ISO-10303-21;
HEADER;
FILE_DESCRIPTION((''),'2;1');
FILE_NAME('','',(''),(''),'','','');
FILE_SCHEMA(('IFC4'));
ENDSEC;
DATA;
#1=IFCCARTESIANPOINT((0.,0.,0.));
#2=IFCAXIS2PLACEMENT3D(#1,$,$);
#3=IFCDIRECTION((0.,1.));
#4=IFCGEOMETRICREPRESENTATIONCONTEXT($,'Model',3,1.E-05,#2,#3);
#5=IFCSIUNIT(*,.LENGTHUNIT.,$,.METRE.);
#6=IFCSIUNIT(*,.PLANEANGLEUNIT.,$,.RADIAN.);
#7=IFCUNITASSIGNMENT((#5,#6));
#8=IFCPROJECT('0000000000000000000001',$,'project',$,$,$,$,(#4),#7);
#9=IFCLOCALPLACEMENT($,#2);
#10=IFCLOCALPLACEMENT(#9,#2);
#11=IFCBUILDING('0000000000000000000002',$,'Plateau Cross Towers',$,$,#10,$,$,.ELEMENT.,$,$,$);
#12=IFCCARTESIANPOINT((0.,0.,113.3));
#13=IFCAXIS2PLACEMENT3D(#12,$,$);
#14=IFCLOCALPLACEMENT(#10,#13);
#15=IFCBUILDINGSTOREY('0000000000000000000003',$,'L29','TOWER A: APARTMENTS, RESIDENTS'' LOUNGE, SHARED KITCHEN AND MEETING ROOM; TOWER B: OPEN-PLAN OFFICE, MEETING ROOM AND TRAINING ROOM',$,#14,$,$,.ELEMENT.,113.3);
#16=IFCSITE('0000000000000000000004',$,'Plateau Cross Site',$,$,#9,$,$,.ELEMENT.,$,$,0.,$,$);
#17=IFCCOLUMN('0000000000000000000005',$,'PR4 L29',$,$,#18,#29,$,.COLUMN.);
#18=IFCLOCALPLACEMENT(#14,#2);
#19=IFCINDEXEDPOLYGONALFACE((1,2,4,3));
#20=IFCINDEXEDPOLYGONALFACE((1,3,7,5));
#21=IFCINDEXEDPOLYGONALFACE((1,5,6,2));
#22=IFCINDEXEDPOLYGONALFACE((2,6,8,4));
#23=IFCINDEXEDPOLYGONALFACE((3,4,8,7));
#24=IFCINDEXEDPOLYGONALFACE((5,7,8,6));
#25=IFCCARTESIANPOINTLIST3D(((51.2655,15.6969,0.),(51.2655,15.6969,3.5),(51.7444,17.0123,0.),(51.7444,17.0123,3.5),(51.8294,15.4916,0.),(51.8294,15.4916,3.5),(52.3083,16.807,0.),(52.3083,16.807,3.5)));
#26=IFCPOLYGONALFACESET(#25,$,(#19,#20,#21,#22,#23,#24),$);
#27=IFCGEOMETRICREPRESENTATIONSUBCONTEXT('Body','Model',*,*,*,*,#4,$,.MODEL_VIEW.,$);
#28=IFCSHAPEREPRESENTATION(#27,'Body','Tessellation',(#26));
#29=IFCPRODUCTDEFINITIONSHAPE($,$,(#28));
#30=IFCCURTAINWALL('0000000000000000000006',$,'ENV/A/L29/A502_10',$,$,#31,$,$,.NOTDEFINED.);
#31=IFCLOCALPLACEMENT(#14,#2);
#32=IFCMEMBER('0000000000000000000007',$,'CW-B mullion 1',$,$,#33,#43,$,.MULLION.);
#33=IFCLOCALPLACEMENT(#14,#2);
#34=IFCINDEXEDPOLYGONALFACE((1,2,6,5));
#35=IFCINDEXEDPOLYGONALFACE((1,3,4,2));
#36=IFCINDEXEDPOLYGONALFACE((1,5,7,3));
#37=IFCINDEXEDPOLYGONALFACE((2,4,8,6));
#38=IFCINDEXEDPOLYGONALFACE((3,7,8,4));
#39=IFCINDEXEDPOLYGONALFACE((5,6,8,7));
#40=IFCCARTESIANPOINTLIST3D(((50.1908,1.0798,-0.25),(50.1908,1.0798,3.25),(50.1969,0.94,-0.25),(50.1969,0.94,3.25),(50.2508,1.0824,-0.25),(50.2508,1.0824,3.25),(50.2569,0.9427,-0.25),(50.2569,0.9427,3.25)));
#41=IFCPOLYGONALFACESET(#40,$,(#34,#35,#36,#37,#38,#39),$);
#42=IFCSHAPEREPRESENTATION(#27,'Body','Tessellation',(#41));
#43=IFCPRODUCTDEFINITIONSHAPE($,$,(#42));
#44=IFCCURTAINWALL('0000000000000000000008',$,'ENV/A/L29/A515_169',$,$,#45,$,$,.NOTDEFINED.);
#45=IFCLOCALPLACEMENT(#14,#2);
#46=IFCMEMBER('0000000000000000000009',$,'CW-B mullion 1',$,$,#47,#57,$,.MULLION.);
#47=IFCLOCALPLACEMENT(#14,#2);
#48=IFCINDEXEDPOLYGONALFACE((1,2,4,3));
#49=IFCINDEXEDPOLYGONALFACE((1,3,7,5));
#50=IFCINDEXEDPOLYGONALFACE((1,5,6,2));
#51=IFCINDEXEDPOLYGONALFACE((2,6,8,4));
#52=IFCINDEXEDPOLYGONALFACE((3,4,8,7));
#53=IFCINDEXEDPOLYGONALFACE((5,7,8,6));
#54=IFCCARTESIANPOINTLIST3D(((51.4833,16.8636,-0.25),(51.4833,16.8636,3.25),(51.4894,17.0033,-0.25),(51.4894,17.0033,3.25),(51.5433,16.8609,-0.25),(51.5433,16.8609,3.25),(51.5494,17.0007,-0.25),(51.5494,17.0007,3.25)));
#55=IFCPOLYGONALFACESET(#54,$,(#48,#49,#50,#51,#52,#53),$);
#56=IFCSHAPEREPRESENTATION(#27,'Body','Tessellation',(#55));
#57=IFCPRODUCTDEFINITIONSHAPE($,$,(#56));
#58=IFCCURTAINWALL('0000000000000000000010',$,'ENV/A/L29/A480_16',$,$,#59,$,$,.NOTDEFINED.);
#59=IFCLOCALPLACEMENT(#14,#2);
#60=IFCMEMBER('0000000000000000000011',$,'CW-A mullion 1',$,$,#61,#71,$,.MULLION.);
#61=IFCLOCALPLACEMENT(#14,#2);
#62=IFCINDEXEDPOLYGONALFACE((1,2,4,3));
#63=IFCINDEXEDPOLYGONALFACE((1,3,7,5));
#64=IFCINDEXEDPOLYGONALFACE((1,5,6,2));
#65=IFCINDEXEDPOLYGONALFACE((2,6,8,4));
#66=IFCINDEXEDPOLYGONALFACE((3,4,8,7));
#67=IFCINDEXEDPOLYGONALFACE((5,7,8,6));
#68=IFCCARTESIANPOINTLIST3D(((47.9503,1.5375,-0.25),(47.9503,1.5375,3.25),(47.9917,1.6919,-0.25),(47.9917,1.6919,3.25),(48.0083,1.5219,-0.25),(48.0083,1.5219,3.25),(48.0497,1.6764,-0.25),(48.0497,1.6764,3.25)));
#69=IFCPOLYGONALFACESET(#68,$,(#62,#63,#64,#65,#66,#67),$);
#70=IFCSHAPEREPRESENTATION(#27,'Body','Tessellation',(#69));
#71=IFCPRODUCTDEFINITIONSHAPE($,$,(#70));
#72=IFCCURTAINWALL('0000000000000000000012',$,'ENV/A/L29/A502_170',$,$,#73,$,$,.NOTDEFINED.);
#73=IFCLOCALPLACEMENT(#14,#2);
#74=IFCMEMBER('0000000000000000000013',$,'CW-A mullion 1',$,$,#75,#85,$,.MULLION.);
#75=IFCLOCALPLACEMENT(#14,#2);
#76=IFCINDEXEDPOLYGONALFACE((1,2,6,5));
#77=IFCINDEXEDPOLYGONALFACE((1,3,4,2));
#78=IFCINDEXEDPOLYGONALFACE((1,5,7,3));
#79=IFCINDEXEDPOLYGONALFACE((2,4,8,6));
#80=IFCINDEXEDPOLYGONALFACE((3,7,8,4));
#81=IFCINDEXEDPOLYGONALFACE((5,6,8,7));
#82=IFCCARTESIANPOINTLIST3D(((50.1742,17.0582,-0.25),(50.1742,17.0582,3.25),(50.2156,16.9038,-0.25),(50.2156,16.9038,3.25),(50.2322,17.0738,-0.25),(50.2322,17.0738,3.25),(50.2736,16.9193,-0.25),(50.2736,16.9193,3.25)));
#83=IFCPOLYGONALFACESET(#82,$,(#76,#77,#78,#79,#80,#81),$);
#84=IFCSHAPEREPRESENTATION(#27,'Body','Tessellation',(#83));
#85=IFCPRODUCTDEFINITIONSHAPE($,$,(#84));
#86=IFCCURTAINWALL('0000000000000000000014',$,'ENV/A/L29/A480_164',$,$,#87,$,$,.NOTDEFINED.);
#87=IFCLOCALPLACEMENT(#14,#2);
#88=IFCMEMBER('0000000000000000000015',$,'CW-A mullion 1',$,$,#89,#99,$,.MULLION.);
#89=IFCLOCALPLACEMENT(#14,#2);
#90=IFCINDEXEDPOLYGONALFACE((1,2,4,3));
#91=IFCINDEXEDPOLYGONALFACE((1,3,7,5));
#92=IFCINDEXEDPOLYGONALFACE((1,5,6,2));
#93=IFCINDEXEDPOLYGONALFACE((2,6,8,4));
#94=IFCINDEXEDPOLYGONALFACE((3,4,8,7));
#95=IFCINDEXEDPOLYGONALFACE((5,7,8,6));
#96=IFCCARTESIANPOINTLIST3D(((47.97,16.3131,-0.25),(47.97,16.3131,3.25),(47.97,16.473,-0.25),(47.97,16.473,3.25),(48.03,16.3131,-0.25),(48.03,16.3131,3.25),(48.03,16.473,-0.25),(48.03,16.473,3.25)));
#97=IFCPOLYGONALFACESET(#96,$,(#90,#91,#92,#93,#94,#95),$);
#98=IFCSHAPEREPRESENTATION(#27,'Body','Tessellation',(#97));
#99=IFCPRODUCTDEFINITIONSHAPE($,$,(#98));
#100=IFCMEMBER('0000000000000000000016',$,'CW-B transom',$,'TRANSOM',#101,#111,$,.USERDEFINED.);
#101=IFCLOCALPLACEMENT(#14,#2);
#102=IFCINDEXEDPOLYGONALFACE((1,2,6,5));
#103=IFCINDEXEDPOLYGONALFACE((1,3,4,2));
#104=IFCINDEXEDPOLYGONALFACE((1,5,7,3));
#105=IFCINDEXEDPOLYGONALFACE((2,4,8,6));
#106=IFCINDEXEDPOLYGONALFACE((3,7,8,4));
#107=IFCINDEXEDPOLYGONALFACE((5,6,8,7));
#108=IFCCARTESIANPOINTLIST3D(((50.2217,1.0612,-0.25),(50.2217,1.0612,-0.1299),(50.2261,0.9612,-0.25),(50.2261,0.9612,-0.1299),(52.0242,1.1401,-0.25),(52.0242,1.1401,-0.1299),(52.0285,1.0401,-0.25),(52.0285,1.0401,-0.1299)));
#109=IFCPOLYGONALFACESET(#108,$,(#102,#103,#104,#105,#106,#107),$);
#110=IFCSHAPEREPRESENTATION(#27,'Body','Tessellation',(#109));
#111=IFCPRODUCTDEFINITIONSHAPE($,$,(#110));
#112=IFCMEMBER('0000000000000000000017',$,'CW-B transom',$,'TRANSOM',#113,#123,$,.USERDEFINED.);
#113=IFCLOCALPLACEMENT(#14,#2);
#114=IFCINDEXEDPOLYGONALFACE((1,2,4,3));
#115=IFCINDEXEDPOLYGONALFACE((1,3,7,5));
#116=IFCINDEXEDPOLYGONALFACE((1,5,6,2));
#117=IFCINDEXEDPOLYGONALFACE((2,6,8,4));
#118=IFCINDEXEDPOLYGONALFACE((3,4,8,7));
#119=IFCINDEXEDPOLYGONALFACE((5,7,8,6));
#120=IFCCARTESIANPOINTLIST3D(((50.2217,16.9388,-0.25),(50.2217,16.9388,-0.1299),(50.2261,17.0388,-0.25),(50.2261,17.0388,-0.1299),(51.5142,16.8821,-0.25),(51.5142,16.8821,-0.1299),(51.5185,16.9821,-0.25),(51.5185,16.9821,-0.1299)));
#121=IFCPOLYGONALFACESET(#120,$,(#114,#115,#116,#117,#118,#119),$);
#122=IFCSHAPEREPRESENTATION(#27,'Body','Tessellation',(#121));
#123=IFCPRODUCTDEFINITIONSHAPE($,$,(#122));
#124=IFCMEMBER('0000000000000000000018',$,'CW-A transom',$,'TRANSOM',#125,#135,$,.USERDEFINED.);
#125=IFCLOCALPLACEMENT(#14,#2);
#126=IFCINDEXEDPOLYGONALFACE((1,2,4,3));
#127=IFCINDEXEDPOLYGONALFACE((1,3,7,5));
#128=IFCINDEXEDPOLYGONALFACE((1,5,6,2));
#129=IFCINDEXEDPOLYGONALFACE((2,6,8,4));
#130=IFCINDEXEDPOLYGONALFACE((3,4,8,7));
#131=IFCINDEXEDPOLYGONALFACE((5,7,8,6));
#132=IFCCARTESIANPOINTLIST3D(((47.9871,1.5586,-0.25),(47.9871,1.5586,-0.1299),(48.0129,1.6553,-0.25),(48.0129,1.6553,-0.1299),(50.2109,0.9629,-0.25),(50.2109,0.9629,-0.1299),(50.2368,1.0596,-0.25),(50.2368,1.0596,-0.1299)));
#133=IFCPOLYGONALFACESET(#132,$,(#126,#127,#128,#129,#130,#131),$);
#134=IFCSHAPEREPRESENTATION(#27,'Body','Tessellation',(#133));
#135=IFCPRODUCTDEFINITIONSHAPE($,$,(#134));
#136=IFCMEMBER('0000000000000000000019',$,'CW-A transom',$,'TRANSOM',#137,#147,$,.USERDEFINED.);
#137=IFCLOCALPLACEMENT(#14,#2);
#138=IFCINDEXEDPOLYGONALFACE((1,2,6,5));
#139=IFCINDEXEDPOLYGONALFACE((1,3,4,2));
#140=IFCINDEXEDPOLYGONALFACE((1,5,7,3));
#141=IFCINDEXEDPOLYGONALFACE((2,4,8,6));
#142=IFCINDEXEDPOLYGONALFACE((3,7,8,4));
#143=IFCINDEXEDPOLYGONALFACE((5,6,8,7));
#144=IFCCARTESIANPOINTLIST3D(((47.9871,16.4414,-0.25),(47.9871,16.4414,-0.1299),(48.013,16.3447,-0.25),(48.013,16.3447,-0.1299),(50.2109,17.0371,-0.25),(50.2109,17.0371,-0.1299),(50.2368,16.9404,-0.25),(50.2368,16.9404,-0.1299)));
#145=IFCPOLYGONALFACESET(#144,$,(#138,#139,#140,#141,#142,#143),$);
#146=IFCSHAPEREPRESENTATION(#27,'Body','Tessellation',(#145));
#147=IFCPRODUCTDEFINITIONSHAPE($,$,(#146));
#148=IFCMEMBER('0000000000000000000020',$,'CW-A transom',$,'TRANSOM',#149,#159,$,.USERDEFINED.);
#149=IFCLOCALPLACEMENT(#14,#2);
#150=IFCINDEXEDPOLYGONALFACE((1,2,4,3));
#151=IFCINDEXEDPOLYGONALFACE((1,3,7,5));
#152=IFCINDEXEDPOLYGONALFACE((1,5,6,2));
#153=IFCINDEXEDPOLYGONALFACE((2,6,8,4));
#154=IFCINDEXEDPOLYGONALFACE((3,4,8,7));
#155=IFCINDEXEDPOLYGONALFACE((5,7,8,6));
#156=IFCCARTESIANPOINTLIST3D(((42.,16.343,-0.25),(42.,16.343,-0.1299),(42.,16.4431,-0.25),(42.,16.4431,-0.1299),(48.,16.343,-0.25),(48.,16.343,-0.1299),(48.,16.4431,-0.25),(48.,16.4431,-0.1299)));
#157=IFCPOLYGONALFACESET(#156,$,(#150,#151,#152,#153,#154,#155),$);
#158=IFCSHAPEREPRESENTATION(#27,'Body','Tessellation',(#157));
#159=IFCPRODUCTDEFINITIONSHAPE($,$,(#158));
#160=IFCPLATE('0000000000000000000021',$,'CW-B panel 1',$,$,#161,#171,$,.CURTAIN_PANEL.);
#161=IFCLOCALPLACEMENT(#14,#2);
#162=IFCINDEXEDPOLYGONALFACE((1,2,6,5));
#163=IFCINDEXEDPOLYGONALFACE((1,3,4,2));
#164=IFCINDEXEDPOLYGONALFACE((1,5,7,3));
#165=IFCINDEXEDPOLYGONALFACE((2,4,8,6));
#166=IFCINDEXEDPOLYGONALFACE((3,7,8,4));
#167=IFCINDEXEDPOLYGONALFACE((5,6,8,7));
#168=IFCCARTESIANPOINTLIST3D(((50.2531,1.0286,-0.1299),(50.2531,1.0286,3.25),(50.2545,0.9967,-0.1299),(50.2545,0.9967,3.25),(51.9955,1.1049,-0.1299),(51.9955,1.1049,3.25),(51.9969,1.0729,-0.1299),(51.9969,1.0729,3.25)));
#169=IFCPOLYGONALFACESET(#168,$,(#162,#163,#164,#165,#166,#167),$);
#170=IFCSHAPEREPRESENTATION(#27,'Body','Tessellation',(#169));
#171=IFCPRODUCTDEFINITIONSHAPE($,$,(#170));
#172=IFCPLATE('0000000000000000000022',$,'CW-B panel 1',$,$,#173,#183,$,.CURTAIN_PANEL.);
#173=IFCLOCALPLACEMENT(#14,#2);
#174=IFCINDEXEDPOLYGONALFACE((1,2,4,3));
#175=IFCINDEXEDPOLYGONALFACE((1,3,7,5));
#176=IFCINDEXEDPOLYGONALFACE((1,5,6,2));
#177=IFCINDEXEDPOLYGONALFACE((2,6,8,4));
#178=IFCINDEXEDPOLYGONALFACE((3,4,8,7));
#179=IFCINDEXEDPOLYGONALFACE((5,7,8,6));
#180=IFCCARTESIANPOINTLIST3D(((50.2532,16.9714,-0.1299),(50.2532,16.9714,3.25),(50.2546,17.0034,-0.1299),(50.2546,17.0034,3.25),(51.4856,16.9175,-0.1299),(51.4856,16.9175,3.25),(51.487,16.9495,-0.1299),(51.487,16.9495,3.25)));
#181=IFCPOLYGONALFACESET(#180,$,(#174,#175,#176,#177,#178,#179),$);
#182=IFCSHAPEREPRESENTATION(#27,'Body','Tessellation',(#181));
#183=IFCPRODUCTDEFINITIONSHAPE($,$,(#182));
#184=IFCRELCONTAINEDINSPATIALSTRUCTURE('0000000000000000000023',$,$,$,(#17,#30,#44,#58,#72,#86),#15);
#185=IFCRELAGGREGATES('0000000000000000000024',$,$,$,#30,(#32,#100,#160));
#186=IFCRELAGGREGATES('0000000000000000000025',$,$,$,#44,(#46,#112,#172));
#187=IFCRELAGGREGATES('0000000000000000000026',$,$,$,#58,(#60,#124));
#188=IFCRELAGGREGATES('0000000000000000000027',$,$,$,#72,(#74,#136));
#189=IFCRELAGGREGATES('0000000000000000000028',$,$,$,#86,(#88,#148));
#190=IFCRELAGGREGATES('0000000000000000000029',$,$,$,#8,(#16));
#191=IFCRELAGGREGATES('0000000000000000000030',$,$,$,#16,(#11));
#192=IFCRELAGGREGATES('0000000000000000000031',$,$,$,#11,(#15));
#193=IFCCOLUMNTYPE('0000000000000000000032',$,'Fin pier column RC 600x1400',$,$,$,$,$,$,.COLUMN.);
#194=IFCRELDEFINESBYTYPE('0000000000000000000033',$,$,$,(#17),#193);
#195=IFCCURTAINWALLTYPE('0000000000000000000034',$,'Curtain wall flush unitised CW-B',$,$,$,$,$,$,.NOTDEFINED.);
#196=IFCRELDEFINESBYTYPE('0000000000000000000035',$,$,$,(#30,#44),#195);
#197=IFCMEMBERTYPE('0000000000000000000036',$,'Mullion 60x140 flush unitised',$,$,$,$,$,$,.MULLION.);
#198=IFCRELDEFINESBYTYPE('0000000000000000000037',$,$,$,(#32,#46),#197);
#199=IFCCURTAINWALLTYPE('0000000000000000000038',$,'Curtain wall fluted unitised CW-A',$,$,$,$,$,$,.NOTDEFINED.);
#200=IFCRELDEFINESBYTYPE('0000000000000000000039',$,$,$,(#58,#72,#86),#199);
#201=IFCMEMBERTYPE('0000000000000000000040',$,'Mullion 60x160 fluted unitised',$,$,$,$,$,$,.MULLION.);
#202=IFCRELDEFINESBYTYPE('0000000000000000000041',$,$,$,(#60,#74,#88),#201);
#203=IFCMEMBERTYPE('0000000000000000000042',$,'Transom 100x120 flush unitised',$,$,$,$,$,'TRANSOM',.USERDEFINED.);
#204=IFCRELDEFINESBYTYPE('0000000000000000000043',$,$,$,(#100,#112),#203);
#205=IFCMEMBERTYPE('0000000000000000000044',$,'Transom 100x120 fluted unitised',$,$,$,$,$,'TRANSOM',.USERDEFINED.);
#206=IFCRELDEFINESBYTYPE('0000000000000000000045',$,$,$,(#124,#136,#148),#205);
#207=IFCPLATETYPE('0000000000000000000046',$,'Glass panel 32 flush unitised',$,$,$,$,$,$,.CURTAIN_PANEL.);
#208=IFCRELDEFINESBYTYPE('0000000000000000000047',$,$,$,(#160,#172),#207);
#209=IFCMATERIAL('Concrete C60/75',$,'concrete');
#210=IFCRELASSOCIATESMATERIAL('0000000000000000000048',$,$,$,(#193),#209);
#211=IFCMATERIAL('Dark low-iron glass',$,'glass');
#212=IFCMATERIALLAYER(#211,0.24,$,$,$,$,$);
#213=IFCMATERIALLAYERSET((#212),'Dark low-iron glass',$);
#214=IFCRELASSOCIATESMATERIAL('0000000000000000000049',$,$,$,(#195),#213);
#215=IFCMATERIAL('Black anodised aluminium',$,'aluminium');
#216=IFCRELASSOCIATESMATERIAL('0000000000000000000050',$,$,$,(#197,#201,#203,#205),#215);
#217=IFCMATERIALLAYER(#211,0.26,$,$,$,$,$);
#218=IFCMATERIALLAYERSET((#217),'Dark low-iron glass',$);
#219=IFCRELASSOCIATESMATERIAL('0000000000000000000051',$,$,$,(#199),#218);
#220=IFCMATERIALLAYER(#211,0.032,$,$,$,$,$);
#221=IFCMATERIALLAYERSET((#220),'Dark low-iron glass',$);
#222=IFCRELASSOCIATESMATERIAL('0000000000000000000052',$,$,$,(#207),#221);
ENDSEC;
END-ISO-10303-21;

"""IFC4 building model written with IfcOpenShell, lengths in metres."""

from ifc_helpers import new_model, si_unit, direction, frame, origin, origin_2d, place, context, subcontext, project, spatial, rectangle, extrude, material, layer, layer_set, material_profile, profile_set, type_object, element, aggregate, save


model = new_model("IFC4")

# Units and contexts
model_context = context("Model", 3, precision=1e-05, world=origin(), true_north=direction((0.0, 1.0)))
body_context = subcontext(model_context, "Body", "Model", "MODEL_VIEW")
ifc_project = project(units=[si_unit("LENGTHUNIT", "METRE"), si_unit("PLANEANGLEUNIT", "RADIAN")], contexts=[model_context])

# Site, building, storey
site_placement = place(None, origin())
site = spatial("IfcSite", under=ifc_project, at=site_placement, Name="Plateau Cross Site", CompositionType="ELEMENT", RefElevation=0.0)
building_placement = place(site_placement, origin())
building = spatial("IfcBuilding", under=site, at=building_placement, Name="Plateau Cross Towers", CompositionType="ELEMENT")
storey_placement = place(building_placement, frame((0.0, 0.0, 113.3)))
storey = spatial("IfcBuildingStorey", under=building, at=storey_placement, Name="L29", Description="TOWER A: APARTMENTS, RESIDENTS' LOUNGE, SHARED KITCHEN AND MEETING ROOM; TOWER B: OPEN-PLAN OFFICE, MEETING ROOM AND TRAINING ROOM", CompositionType="ELEMENT", Elevation=113.3)

# Column
ifc_material_1 = material(Name="Concrete C60/75", Category="concrete")
ifc_material_profile_1 = material_profile(ifc_material_1, rectangle(XDim=0.6001, YDim=1.3999, at=origin_2d()), Name="RC 600x1400")
ifc_profile_set_1 = profile_set([ifc_material_profile_1], Name="Concrete C60/75")
column_type = type_object("IfcColumnType", Name="Fin pier column RC 600x1400", PredefinedType="COLUMN", material=ifc_profile_set_1)
column_placement = place(storey_placement, frame((51.7869, 16.252, 0.0), z_axis=(0.0, 0.0, 1.0), x_axis=(-0.939664, 0.342098, 0.0)))
element("IfcColumn", 1, at=column_placement, inside=storey, type_object=column_type, Name="PR4 L29", PredefinedType="COLUMN", context=body_context, shape_type="SweptSolid", body=[
    extrude(rectangle(XDim=0.6001, YDim=1.3999, at=origin_2d()), origin(), (0.0, 0.0, 1.0), 3.5),
])

# Curtain walls, members
ifc_material_2 = material(Name="Dark low-iron glass", Category="glass")
ifc_layer_1 = layer(ifc_material_2, 0.24)
ifc_layer_set_1 = layer_set([ifc_layer_1], Name="Dark low-iron glass")
curtain_wall_type_1 = type_object("IfcCurtainWallType", Name="Curtain wall flush unitised CW-B", PredefinedType="NOTDEFINED", material=ifc_layer_set_1)
curtain_wall_1_placement = place(storey_placement, origin())
curtain_wall_1 = element("IfcCurtainWall", 2, at=curtain_wall_1_placement, inside=storey, type_object=curtain_wall_type_1, Name="ENV/A/L29/A502_10", PredefinedType="NOTDEFINED")
ifc_material_3 = material(Name="Black anodised aluminium", Category="aluminium")
ifc_material_profile_2 = material_profile(ifc_material_3, rectangle(XDim=0.0601, YDim=0.1399, at=origin_2d()), Name="MULLION 60x140")
ifc_profile_set_2 = profile_set([ifc_material_profile_2], Name="Black anodised aluminium")
member_type_1 = type_object("IfcMemberType", Name="Mullion 60x140 flush unitised", PredefinedType="MULLION", material=ifc_profile_set_2)
member_1_placement = place(storey_placement, frame((50.2239, 1.0112, -0.25), z_axis=(0.0, 0.0, 1.0), x_axis=(0.999044, 0.043723, 0.0)))
member_1 = element("IfcMember", 3, at=member_1_placement, type_object=member_type_1, Name="CW-B mullion 1", PredefinedType="MULLION", context=body_context, shape_type="SweptSolid", body=[
    extrude(rectangle(XDim=0.0601, YDim=0.1399, at=origin_2d()), origin(), (0.0, 0.0, 1.0), 3.5),
])
curtain_wall_2_placement = place(storey_placement, origin())
curtain_wall_2 = element("IfcCurtainWall", 4, at=curtain_wall_2_placement, inside=storey, type_object=curtain_wall_type_1, Name="ENV/A/L29/A515_169", PredefinedType="NOTDEFINED")
member_2_placement = place(storey_placement, frame((51.5164, 16.9321, -0.25), z_axis=(0.0, 0.0, 1.0), x_axis=(-0.999044, 0.043723, 0.0)))
member_2 = element("IfcMember", 5, at=member_2_placement, type_object=member_type_1, Name="CW-B mullion 1", PredefinedType="MULLION", context=body_context, shape_type="SweptSolid", body=[
    extrude(rectangle(XDim=0.0601, YDim=0.1399, at=origin_2d()), origin(), (0.0, 0.0, 1.0), 3.5),
])
ifc_layer_2 = layer(ifc_material_2, 0.26)
ifc_layer_set_2 = layer_set([ifc_layer_2], Name="Dark low-iron glass")
curtain_wall_type_2 = type_object("IfcCurtainWallType", Name="Curtain wall fluted unitised CW-A", PredefinedType="NOTDEFINED", material=ifc_layer_set_2)
curtain_wall_3_placement = place(storey_placement, origin())
curtain_wall_3 = element("IfcCurtainWall", 6, at=curtain_wall_3_placement, inside=storey, type_object=curtain_wall_type_2, Name="ENV/A/L29/A480_16", PredefinedType="NOTDEFINED")
ifc_material_profile_3 = material_profile(ifc_material_3, rectangle(XDim=0.0601, YDim=0.1599, at=origin_2d()), Name="MULLION 60x160")
ifc_profile_set_3 = profile_set([ifc_material_profile_3], Name="Black anodised aluminium")
member_type_2 = type_object("IfcMemberType", Name="Mullion 60x160 fluted unitised", PredefinedType="MULLION", material=ifc_profile_set_3)
member_3_placement = place(storey_placement, frame((48.0, 1.6069, -0.25), z_axis=(0.0, 0.0, 1.0), x_axis=(0.965958, -0.258699, 0.0)))
member_3 = element("IfcMember", 7, at=member_3_placement, type_object=member_type_2, Name="CW-A mullion 1", PredefinedType="MULLION", context=body_context, shape_type="SweptSolid", body=[
    extrude(rectangle(XDim=0.0601, YDim=0.1599, at=origin_2d()), origin(), (0.0, 0.0, 1.0), 3.5),
])
curtain_wall_4_placement = place(storey_placement, origin())
curtain_wall_4 = element("IfcCurtainWall", 8, at=curtain_wall_4_placement, inside=storey, type_object=curtain_wall_type_2, Name="ENV/A/L29/A502_170", PredefinedType="NOTDEFINED")
member_4_placement = place(storey_placement, frame((50.2239, 16.9888, -0.25), z_axis=(0.0, 0.0, 1.0), x_axis=(-0.965958, -0.258699, 0.0)))
member_4 = element("IfcMember", 9, at=member_4_placement, type_object=member_type_2, Name="CW-A mullion 1", PredefinedType="MULLION", context=body_context, shape_type="SweptSolid", body=[
    extrude(rectangle(XDim=0.0601, YDim=0.1599, at=origin_2d()), origin(), (0.0, 0.0, 1.0), 3.5),
])
curtain_wall_5_placement = place(storey_placement, origin())
curtain_wall_5 = element("IfcCurtainWall", 10, at=curtain_wall_5_placement, inside=storey, type_object=curtain_wall_type_2, Name="ENV/A/L29/A480_164", PredefinedType="NOTDEFINED")
member_5_placement = place(storey_placement, frame((48.0, 16.3931, -0.25), z_axis=(0.0, 0.0, 1.0), x_axis=(-1.0, 0.0, 0.0)))
member_5 = element("IfcMember", 11, at=member_5_placement, type_object=member_type_2, Name="CW-A mullion 1", PredefinedType="MULLION", context=body_context, shape_type="SweptSolid", body=[
    extrude(rectangle(XDim=0.0601, YDim=0.1599, at=origin_2d()), origin(), (0.0, 0.0, 1.0), 3.5),
])

# Members
ifc_material_profile_4 = material_profile(ifc_material_3, rectangle(XDim=0.1001, YDim=0.1201, at=origin_2d()), Name="TRANSOM 100x120")
ifc_profile_set_4 = profile_set([ifc_material_profile_4], Name="Black anodised aluminium")
member_type_3 = type_object("IfcMemberType", Name="Transom 100x120 flush unitised", ElementType="TRANSOM", PredefinedType="USERDEFINED", material=ifc_profile_set_4)
member_6_placement = place(storey_placement, frame((50.2239, 1.0112, -0.1899), z_axis=(0.999044, 0.043707, 0.0), x_axis=(-0.043707, 0.999044, 0.0)))
member_6 = element("IfcMember", 12, at=member_6_placement, type_object=member_type_3, Name="CW-B transom", ObjectType="TRANSOM", PredefinedType="USERDEFINED", context=body_context, shape_type="SweptSolid", body=[
    extrude(rectangle(XDim=0.1001, YDim=0.1201, at=origin_2d()), origin(), (0.0, 0.0, 1.0), 1.8042),
])
member_7_placement = place(storey_placement, frame((51.5164, 16.9321, -0.1899), z_axis=(-0.999041, 0.043781, 0.0), x_axis=(-0.043781, -0.999041, 0.0)))
member_7 = element("IfcMember", 13, at=member_7_placement, type_object=member_type_3, Name="CW-B transom", ObjectType="TRANSOM", PredefinedType="USERDEFINED", context=body_context, shape_type="SweptSolid", body=[
    extrude(rectangle(XDim=0.1001, YDim=0.1201, at=origin_2d()), origin(), (0.0, 0.0, 1.0), 1.2937),
])
ifc_material_profile_5 = material_profile(ifc_material_3, rectangle(XDim=0.1001, YDim=0.1201, at=origin_2d()), Name="TRANSOM 100x120")
ifc_profile_set_5 = profile_set([ifc_material_profile_5], Name="Black anodised aluminium")
member_type_4 = type_object("IfcMemberType", Name="Transom 100x120 fluted unitised", ElementType="TRANSOM", PredefinedType="USERDEFINED", material=ifc_profile_set_5)
member_8_placement = place(storey_placement, frame((48.0, 1.6069, -0.1899), z_axis=(0.965946, -0.258745, 0.0), x_axis=(0.258745, 0.965946, 0.0)))
member_8 = element("IfcMember", 14, at=member_8_placement, type_object=member_type_4, Name="CW-A transom", ObjectType="TRANSOM", PredefinedType="USERDEFINED", context=body_context, shape_type="SweptSolid", body=[
    extrude(rectangle(XDim=0.1001, YDim=0.1201, at=origin_2d()), origin(), (0.0, 0.0, 1.0), 2.3022),
])
member_9_placement = place(storey_placement, frame((50.2239, 16.9888, -0.1899), z_axis=(-0.965946, -0.258745, 0.0), x_axis=(0.258745, -0.965946, 0.0)))
member_9 = element("IfcMember", 15, at=member_9_placement, type_object=member_type_4, Name="CW-A transom", ObjectType="TRANSOM", PredefinedType="USERDEFINED", context=body_context, shape_type="SweptSolid", body=[
    extrude(rectangle(XDim=0.1001, YDim=0.1201, at=origin_2d()), origin(), (0.0, 0.0, 1.0), 2.3022),
])
member_10_placement = place(storey_placement, frame((48.0, 16.3931, -0.1899), z_axis=(-1.0, 0.0, 0.0), x_axis=(0.0, -1.0, 0.0)))
member_10 = element("IfcMember", 16, at=member_10_placement, type_object=member_type_4, Name="CW-A transom", ObjectType="TRANSOM", PredefinedType="USERDEFINED", context=body_context, shape_type="SweptSolid", body=[
    extrude(rectangle(XDim=0.1001, YDim=0.1201, at=origin_2d()), origin(), (0.0, 0.0, 1.0), 6.0),
])

# Plates
ifc_layer_3 = layer(ifc_material_2, 0.032)
ifc_layer_set_3 = layer_set([ifc_layer_3], Name="Dark low-iron glass")
plate_type_1 = type_object("IfcPlateType", Name="Glass panel 32 flush unitised", PredefinedType="CURTAIN_PANEL", material=ifc_layer_set_3)
plate_1_placement = place(storey_placement, frame((51.125, 1.0508, -0.1299), z_axis=(0.0, 0.0, 1.0), x_axis=(0.999044, 0.043723, 0.0)))
plate_1 = element("IfcPlate", 17, at=plate_1_placement, type_object=plate_type_1, Name="CW-B panel 1", PredefinedType="CURTAIN_PANEL", context=body_context, shape_type="SweptSolid", body=[
    extrude(rectangle(XDim=1.7441, YDim=0.032, at=origin_2d()), origin(), (0.0, 0.0, 1.0), 3.3799),
])
aggregate(curtain_wall_1, [member_1, member_6, plate_1])
plate_2_placement = place(storey_placement, frame((50.8701, 16.9604, -0.1299), z_axis=(0.0, 0.0, 1.0), x_axis=(-0.999044, 0.043723, 0.0)))
plate_2 = element("IfcPlate", 18, at=plate_2_placement, type_object=plate_type_1, Name="CW-B panel 1", PredefinedType="CURTAIN_PANEL", context=body_context, shape_type="SweptSolid", body=[
    extrude(rectangle(XDim=1.2336, YDim=0.032, at=origin_2d()), origin(), (0.0, 0.0, 1.0), 3.3799),
])
aggregate(curtain_wall_2, [member_2, member_7, plate_2])

aggregate(curtain_wall_3, [member_3, member_8])
aggregate(curtain_wall_4, [member_4, member_9])
aggregate(curtain_wall_5, [member_5, member_10])

save(model, "model.ifc")
